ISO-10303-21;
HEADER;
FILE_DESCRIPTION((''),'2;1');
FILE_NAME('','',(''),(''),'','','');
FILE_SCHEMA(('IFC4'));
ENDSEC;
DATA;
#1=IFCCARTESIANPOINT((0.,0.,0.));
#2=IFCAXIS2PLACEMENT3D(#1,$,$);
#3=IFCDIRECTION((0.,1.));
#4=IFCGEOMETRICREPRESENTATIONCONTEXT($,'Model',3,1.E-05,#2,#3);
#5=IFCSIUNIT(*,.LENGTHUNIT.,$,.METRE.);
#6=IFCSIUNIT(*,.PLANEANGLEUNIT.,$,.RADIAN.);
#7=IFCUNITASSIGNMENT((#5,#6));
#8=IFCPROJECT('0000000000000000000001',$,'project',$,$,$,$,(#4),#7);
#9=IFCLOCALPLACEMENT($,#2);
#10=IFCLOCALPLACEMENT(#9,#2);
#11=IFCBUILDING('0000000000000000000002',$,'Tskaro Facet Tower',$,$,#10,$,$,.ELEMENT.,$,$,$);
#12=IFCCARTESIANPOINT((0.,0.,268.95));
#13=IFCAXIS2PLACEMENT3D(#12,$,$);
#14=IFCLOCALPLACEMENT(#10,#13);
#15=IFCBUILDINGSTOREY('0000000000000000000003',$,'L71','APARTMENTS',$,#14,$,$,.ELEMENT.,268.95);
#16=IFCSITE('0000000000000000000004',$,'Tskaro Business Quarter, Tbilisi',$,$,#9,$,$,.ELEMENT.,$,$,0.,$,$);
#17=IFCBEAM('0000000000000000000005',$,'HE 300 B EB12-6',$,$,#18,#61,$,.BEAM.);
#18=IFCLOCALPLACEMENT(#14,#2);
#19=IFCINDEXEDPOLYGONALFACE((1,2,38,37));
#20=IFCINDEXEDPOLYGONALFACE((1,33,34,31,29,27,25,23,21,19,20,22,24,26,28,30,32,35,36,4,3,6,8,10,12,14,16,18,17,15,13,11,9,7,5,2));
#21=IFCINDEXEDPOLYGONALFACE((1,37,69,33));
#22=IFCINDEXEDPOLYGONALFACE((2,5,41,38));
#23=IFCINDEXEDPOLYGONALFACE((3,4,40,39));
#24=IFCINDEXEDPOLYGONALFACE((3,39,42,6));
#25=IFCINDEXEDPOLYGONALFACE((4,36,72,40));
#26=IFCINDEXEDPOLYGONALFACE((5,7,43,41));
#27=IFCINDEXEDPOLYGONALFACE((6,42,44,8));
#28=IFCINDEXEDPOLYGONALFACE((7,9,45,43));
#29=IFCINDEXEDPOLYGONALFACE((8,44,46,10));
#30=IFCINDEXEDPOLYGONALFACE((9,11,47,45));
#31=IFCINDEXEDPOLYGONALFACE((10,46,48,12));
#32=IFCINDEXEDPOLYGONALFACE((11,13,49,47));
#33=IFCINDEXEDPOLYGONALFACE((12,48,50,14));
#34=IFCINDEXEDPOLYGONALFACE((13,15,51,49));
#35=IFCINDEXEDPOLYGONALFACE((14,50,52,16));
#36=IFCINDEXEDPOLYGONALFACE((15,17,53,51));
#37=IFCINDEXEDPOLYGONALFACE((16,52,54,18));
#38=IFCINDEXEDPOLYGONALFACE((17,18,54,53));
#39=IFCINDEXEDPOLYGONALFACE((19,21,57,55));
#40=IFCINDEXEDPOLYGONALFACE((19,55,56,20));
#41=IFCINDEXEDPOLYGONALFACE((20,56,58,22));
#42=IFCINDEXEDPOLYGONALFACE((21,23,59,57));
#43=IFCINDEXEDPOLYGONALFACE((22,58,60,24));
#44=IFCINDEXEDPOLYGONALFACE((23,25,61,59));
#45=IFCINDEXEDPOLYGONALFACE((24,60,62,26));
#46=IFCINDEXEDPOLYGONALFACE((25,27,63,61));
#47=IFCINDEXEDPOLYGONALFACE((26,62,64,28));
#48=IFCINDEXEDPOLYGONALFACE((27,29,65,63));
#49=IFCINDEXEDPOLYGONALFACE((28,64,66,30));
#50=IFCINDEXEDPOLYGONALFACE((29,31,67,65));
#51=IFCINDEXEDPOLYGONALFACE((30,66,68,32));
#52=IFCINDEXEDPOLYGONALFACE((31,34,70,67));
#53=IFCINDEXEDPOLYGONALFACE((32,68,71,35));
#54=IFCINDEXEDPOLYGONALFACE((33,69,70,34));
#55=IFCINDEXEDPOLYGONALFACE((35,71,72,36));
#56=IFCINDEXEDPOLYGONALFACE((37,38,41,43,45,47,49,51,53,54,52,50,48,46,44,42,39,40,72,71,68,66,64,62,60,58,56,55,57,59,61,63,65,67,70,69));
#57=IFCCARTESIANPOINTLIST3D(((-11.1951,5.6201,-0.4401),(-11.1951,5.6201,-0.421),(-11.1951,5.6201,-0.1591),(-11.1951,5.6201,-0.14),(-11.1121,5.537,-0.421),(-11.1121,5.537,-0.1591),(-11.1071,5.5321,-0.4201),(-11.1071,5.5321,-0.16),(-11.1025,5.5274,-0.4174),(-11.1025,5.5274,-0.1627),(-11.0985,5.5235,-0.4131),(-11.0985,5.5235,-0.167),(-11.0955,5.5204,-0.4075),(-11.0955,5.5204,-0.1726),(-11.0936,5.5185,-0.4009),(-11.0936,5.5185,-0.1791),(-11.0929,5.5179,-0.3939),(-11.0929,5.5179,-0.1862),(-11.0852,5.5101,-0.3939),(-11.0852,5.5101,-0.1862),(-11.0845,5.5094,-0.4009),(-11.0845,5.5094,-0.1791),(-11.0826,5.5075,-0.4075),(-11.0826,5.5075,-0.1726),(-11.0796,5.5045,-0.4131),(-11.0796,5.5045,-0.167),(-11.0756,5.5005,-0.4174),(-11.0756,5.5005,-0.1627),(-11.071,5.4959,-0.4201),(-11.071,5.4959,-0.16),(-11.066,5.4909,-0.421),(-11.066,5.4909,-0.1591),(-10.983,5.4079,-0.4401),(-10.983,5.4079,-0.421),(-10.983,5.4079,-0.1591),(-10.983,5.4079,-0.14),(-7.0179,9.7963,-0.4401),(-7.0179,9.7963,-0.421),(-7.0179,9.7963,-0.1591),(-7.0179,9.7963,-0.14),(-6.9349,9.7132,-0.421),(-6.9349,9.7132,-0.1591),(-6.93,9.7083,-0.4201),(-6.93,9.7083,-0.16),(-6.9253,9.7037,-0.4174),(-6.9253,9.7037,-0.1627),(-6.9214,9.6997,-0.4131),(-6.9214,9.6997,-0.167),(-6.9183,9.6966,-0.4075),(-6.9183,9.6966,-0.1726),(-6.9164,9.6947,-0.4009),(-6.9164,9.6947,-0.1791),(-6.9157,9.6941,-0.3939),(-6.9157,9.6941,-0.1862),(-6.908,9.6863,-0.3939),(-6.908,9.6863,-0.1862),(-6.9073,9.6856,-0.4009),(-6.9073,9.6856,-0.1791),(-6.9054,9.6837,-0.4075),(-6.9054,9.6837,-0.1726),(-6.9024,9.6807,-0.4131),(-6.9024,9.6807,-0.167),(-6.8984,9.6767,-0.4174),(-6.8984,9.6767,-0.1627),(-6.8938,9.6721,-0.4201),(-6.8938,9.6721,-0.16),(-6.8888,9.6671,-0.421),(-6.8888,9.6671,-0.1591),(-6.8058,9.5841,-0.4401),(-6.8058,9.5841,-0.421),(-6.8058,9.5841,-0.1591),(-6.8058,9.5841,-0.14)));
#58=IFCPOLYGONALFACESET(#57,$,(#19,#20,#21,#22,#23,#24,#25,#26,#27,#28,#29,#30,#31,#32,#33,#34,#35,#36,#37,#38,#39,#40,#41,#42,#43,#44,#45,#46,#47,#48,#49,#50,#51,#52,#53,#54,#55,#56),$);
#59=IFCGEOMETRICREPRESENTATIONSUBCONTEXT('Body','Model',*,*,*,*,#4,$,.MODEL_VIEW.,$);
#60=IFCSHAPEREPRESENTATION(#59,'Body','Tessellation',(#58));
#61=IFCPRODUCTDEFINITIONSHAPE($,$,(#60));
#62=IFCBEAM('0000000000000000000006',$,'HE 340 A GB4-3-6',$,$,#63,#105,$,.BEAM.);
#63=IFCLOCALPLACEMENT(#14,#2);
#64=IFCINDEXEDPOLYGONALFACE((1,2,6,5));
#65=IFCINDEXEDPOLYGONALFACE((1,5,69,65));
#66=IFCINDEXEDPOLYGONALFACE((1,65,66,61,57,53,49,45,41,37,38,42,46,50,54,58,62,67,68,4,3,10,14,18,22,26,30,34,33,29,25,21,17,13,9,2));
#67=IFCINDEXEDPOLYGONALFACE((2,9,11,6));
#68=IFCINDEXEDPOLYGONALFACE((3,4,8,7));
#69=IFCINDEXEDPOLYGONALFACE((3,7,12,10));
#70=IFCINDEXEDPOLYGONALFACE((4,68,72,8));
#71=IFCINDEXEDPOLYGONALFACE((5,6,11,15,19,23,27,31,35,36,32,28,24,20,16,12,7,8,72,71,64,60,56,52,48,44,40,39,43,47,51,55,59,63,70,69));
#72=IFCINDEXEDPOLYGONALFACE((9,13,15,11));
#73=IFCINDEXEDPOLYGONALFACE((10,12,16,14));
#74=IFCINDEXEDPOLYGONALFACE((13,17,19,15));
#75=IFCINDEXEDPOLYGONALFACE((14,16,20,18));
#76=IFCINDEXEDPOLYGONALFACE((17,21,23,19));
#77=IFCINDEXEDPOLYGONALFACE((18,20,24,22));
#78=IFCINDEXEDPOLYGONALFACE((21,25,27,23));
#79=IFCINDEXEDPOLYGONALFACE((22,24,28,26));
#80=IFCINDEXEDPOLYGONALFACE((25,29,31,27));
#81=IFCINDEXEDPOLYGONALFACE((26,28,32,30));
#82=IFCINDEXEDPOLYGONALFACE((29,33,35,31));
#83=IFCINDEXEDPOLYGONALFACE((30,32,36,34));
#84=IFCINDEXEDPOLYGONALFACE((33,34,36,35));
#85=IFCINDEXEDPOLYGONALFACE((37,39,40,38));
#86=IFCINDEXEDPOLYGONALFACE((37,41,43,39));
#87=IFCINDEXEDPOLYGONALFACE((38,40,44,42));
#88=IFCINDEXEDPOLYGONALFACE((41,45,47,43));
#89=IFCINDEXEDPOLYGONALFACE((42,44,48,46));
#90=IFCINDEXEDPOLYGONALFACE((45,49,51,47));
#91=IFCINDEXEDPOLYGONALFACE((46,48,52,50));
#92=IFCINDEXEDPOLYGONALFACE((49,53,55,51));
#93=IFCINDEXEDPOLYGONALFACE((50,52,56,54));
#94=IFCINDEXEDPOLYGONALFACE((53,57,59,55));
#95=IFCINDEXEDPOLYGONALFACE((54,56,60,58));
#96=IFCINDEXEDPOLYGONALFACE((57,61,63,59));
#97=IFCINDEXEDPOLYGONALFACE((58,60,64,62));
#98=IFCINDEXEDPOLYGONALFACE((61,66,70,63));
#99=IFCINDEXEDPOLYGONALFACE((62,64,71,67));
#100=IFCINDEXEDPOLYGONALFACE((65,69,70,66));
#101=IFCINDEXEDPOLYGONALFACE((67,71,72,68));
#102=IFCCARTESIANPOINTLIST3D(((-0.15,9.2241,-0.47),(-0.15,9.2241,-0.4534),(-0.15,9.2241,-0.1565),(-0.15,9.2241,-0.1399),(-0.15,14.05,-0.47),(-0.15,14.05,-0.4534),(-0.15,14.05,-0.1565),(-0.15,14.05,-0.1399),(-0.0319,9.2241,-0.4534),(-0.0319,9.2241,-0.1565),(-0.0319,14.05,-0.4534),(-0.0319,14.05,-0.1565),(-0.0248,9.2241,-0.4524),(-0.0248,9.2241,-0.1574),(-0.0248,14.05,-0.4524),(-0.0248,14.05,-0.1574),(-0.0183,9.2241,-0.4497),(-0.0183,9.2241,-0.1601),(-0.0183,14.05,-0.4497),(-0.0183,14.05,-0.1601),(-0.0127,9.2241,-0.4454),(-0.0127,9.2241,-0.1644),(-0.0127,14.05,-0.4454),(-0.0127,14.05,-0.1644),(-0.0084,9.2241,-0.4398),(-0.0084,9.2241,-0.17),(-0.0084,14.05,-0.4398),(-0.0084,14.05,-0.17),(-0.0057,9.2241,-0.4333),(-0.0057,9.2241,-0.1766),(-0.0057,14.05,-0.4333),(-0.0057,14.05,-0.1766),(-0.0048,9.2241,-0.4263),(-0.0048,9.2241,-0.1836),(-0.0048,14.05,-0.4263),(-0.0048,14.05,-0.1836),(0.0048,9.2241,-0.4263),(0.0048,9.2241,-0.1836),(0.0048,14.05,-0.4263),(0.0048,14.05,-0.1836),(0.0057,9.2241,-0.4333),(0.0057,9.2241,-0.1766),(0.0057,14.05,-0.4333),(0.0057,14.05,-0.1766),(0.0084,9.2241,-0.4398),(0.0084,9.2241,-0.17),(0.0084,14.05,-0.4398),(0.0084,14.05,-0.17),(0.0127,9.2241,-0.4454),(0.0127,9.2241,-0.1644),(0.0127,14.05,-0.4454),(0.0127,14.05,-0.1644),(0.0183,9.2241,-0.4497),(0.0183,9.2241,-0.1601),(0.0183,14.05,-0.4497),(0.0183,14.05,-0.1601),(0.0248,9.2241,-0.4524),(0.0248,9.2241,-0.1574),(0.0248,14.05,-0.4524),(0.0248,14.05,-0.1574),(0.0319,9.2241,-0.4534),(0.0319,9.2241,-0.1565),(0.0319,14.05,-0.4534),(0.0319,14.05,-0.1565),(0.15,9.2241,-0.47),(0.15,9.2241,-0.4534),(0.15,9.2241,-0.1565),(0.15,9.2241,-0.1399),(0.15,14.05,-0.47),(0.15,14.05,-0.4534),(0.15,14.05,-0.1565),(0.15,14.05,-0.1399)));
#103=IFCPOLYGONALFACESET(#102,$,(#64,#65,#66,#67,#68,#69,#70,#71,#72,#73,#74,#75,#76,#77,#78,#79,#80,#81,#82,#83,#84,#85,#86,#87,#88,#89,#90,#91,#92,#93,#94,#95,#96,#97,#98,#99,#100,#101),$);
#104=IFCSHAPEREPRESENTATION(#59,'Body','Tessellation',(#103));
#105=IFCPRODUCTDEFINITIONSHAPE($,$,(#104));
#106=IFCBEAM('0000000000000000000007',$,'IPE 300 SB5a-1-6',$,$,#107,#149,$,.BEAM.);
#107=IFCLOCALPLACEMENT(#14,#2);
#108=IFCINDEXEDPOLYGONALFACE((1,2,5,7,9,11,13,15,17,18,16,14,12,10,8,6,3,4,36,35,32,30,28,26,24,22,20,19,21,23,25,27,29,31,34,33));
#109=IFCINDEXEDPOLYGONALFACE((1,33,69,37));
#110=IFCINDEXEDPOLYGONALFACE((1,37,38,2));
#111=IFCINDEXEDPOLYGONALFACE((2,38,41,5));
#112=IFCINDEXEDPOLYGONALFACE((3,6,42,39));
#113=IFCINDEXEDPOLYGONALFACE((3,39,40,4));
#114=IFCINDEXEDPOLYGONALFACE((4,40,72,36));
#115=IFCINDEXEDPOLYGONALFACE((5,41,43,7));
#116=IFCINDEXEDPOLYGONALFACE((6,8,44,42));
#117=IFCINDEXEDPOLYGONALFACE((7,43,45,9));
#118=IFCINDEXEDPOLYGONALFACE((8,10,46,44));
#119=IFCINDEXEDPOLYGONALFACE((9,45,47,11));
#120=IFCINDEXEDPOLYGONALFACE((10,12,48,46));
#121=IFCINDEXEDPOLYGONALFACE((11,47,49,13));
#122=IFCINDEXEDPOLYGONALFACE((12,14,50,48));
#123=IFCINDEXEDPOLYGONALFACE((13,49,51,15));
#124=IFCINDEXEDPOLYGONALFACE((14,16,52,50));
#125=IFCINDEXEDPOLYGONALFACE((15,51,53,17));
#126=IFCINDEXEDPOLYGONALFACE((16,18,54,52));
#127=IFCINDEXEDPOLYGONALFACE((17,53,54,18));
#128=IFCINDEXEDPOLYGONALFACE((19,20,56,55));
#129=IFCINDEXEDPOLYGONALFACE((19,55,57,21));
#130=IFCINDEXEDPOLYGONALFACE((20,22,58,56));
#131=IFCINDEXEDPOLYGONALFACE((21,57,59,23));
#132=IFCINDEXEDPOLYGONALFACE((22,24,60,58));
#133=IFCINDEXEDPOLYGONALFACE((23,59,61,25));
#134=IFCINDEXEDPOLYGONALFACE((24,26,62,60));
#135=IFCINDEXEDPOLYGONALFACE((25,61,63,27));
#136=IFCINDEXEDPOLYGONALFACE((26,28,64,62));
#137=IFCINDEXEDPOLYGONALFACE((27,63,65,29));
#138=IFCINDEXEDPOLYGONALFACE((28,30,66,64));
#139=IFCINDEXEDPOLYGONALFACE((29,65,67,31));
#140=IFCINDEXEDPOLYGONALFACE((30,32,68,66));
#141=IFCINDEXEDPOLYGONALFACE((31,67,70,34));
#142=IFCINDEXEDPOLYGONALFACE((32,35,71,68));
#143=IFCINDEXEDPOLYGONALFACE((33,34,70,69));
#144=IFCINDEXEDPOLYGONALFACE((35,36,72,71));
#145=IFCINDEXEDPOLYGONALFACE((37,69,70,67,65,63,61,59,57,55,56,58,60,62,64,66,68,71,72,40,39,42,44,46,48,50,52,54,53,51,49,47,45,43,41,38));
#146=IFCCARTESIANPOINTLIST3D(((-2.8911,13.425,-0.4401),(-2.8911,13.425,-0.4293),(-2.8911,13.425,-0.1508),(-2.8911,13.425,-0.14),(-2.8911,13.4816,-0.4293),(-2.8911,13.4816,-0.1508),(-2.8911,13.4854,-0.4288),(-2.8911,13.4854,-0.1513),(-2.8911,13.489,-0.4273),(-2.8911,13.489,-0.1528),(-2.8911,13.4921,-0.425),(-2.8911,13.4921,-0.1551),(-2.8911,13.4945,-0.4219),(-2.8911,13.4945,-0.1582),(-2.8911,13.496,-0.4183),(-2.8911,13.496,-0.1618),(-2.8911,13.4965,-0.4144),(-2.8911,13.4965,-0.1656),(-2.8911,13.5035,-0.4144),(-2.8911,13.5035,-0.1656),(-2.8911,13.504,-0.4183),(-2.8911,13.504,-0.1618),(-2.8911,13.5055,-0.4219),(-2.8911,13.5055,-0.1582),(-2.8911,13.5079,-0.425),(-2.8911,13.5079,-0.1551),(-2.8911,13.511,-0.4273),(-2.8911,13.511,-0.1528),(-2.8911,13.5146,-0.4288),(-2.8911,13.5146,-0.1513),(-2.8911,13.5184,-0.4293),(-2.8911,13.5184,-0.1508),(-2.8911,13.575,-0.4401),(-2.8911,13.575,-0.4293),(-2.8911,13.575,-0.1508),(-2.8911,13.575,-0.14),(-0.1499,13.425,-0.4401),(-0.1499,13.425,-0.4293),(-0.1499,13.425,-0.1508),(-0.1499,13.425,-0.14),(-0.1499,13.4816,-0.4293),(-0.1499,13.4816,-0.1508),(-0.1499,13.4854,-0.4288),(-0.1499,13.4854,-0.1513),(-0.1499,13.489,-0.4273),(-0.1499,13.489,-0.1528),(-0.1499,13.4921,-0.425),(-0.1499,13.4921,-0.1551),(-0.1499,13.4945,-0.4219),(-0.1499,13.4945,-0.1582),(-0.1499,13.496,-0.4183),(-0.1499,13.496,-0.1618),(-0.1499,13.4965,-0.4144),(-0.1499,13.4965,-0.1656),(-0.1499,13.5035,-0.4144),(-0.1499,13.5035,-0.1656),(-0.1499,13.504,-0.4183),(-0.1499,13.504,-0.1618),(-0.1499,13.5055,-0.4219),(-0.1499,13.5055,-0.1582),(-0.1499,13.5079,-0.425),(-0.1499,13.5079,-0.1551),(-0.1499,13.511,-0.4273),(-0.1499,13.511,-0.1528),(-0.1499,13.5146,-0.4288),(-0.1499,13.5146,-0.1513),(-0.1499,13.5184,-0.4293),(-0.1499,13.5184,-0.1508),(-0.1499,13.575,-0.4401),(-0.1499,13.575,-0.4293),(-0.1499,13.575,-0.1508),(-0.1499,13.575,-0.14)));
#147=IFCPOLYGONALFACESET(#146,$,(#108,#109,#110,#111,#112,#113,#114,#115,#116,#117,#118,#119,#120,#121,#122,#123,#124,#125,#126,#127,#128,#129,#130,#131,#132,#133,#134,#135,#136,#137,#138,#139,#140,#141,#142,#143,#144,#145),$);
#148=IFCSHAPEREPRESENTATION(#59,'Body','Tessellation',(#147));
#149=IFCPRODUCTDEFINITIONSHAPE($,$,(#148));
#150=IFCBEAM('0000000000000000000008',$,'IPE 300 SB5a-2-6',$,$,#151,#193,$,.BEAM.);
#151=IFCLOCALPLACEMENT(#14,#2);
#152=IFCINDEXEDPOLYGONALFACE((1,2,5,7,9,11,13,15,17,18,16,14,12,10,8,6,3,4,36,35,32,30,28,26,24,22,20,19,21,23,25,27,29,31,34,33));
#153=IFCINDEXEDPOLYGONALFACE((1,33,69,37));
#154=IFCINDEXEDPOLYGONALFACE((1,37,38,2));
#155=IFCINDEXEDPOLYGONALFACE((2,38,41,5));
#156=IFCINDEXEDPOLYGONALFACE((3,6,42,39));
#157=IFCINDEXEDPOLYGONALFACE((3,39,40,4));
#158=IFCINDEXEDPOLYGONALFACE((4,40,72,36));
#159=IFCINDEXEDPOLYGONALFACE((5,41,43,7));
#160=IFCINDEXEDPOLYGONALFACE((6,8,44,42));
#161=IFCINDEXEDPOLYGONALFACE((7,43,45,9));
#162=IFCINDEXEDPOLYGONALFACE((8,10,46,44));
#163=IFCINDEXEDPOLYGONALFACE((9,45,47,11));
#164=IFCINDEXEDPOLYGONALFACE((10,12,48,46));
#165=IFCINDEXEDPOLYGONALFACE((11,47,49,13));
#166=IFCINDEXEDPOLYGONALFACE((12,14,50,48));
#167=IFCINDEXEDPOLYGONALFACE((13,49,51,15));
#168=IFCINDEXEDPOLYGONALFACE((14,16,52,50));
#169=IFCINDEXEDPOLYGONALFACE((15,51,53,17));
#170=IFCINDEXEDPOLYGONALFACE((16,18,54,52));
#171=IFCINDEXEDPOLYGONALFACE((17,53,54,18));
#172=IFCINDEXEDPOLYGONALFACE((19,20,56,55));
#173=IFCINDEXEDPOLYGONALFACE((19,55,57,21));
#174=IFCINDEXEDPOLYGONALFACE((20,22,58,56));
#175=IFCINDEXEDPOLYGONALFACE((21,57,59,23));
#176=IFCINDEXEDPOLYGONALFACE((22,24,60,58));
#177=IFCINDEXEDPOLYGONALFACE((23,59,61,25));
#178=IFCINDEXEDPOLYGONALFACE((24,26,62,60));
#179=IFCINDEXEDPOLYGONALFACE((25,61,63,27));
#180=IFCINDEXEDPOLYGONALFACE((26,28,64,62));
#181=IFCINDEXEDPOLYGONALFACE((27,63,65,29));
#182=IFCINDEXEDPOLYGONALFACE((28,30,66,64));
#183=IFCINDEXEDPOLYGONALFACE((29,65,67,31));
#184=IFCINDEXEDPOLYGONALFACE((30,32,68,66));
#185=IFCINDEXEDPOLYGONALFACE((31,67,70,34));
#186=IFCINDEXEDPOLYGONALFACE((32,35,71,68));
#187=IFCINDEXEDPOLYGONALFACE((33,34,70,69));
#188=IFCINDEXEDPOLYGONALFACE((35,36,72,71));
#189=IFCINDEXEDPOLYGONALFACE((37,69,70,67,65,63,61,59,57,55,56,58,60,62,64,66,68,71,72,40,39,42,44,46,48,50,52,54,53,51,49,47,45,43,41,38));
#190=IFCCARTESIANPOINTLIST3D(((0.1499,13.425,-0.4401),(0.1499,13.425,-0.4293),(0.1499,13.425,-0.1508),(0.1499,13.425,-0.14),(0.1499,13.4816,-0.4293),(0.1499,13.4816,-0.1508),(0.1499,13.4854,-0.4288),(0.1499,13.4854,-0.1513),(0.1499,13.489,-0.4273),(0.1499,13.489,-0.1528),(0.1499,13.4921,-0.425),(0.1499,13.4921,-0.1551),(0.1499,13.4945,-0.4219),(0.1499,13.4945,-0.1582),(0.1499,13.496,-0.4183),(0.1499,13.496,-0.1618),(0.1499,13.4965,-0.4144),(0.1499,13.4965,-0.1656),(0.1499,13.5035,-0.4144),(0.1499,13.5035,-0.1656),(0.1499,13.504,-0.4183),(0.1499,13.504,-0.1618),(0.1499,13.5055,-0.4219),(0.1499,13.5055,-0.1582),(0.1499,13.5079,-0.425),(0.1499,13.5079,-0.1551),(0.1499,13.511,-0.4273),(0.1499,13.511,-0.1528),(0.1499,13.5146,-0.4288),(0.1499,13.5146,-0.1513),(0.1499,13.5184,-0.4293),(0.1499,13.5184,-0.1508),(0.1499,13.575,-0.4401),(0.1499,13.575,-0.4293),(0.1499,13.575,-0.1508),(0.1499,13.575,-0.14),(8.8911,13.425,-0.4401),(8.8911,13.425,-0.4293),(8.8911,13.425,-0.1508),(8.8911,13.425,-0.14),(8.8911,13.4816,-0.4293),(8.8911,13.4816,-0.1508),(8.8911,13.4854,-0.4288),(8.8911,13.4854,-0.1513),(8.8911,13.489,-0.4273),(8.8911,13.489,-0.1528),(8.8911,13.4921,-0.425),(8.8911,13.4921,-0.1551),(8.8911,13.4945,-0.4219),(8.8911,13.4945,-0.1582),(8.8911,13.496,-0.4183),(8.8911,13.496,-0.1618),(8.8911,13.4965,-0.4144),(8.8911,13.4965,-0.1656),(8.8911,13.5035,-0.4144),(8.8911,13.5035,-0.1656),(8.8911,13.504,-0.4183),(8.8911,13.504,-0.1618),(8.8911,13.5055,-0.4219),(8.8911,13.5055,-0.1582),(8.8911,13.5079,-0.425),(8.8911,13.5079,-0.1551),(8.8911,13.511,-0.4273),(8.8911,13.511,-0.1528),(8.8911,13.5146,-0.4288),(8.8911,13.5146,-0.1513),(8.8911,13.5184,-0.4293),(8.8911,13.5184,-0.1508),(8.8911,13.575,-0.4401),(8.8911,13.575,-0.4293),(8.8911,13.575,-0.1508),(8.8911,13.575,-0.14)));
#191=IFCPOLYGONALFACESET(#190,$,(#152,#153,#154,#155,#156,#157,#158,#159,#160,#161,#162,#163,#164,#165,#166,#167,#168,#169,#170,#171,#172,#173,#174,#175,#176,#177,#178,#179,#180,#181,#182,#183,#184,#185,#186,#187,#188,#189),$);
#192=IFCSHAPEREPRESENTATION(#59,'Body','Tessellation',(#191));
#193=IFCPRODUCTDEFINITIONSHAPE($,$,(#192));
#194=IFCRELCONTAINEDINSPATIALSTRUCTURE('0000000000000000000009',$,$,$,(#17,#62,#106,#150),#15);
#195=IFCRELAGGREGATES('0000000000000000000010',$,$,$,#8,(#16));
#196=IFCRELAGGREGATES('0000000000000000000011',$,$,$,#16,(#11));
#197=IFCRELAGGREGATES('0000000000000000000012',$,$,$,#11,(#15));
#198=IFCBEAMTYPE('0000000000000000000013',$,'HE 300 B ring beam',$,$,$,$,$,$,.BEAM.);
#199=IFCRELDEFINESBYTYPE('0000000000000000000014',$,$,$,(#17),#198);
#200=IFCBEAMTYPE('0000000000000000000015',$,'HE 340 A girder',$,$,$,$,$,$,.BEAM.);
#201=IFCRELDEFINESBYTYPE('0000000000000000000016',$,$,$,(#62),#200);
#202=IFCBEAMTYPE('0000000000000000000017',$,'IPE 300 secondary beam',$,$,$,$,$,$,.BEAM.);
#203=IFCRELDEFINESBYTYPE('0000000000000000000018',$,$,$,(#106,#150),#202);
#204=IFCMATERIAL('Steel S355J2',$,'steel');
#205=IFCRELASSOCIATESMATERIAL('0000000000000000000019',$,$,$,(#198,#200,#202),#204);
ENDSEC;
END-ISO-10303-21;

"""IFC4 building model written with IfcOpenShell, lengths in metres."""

from ifc_helpers import new_model, si_unit, direction, frame, origin, origin_2d, place, context, subcontext, project, spatial, i_section, extrude, material, material_profile, profile_set, type_object, element, save


model = new_model("IFC4")

# Units and contexts
model_context = context("Model", 3, precision=1e-05, world=origin(), true_north=direction((0.0, 1.0)))
body_context = subcontext(model_context, "Body", "Model", "MODEL_VIEW")
ifc_project = project(units=[si_unit("LENGTHUNIT", "METRE"), si_unit("PLANEANGLEUNIT", "RADIAN")], contexts=[model_context])

# Site, building, storey
site_placement = place(None, origin())
site = spatial("IfcSite", under=ifc_project, at=site_placement, Name="Tskaro Business Quarter, Tbilisi", CompositionType="ELEMENT", RefElevation=0.0)
building_placement = place(site_placement, origin())
building = spatial("IfcBuilding", under=site, at=building_placement, Name="Tskaro Facet Tower", CompositionType="ELEMENT")
storey_placement = place(building_placement, frame((0.0, 0.0, 268.95)))
storey = spatial("IfcBuildingStorey", under=building, at=storey_placement, Name="L71", Description="APARTMENTS", CompositionType="ELEMENT", Elevation=268.95)

# Shared definitions
ifc_material_1 = material(Name="Steel S355J2", Category="steel")

# Beams
ifc_material_profile_1 = material_profile(ifc_material_1, i_section(OverallWidth=0.3, OverallDepth=0.3, WebThickness=0.011, FlangeThickness=0.019, FilletRadius=0.0271, at=origin_2d()), Name="HE 300 B")
ifc_profile_set_1 = profile_set([ifc_material_profile_1], Name="Steel S355J2")
beam_type_1 = type_object("IfcBeamType", Name="HE 300 B ring beam", PredefinedType="BEAM", material=ifc_profile_set_1)
for number, where, z_axis, x_axis, name in (
    (1, (-6.9119, 9.6902, -0.29), (-0.707189, -0.707024, 0.0), (0.707024, -0.707189, 0.0), "HE 300 B EB12-6"),
):
    element("IfcBeam", number, at=place(storey_placement, frame(where, z_axis=z_axis, x_axis=x_axis)), inside=storey, type_object=beam_type_1, Name=name, PredefinedType="BEAM", context=body_context, shape_type="SweptSolid", body=[
        extrude(i_section(OverallWidth=0.3, OverallDepth=0.3, WebThickness=0.011, FlangeThickness=0.019, FilletRadius=0.0271, at=origin_2d()), origin(), (0.0, 0.0, 1.0), 5.9067),
    ])
ifc_material_profile_2 = material_profile(ifc_material_1, i_section(OverallWidth=0.3, OverallDepth=0.3301, WebThickness=0.0095, FlangeThickness=0.0166, FilletRadius=0.0271, at=origin_2d()), Name="HE 340 A")
ifc_profile_set_2 = profile_set([ifc_material_profile_2], Name="Steel S355J2")
beam_type_2 = type_object("IfcBeamType", Name="HE 340 A girder", PredefinedType="BEAM", material=ifc_profile_set_2)
beam_1_placement = place(storey_placement, frame((0.0, 9.2241, -0.3049), z_axis=(0.0, 1.0, 0.0), x_axis=(-1.0, 0.0, 0.0)))
element("IfcBeam", 2, at=beam_1_placement, inside=storey, type_object=beam_type_2, Name="HE 340 A GB4-3-6", PredefinedType="BEAM", context=body_context, shape_type="SweptSolid", body=[
    extrude(i_section(OverallWidth=0.3, OverallDepth=0.3301, WebThickness=0.0095, FlangeThickness=0.0166, FilletRadius=0.0271, at=origin_2d()), origin(), (0.0, 0.0, 1.0), 4.8259),
])
ifc_material_profile_3 = material_profile(ifc_material_1, i_section(OverallWidth=0.1499, OverallDepth=0.3, WebThickness=0.0071, FlangeThickness=0.0107, FilletRadius=0.0149, at=origin_2d()), Name="IPE 300")
ifc_profile_set_3 = profile_set([ifc_material_profile_3], Name="Steel S355J2")
beam_type_3 = type_object("IfcBeamType", Name="IPE 300 secondary beam", PredefinedType="BEAM", material=ifc_profile_set_3)
beam_2_placement = place(storey_placement, frame((-2.8911, 13.5, -0.29), z_axis=(1.0, 0.0, 0.0), x_axis=(0.0, 1.0, 0.0)))
element("IfcBeam", 3, at=beam_2_placement, inside=storey, type_object=beam_type_3, Name="IPE 300 SB5a-1-6", PredefinedType="BEAM", context=body_context, shape_type="SweptSolid", body=[
    extrude(i_section(OverallWidth=0.1499, OverallDepth=0.3, WebThickness=0.0071, FlangeThickness=0.0107, FilletRadius=0.0149, at=origin_2d()), origin(), (0.0, 0.0, 1.0), 2.7412),
])
beam_3_placement = place(storey_placement, frame((0.1499, 13.5, -0.29), z_axis=(1.0, 0.0, 0.0), x_axis=(0.0, 1.0, 0.0)))
element("IfcBeam", 4, at=beam_3_placement, inside=storey, type_object=beam_type_3, Name="IPE 300 SB5a-2-6", PredefinedType="BEAM", context=body_context, shape_type="SweptSolid", body=[
    extrude(i_section(OverallWidth=0.1499, OverallDepth=0.3, WebThickness=0.0071, FlangeThickness=0.0107, FilletRadius=0.0149, at=origin_2d()), origin(), (0.0, 0.0, 1.0), 8.7412),
])

save(model, "model.ifc")
